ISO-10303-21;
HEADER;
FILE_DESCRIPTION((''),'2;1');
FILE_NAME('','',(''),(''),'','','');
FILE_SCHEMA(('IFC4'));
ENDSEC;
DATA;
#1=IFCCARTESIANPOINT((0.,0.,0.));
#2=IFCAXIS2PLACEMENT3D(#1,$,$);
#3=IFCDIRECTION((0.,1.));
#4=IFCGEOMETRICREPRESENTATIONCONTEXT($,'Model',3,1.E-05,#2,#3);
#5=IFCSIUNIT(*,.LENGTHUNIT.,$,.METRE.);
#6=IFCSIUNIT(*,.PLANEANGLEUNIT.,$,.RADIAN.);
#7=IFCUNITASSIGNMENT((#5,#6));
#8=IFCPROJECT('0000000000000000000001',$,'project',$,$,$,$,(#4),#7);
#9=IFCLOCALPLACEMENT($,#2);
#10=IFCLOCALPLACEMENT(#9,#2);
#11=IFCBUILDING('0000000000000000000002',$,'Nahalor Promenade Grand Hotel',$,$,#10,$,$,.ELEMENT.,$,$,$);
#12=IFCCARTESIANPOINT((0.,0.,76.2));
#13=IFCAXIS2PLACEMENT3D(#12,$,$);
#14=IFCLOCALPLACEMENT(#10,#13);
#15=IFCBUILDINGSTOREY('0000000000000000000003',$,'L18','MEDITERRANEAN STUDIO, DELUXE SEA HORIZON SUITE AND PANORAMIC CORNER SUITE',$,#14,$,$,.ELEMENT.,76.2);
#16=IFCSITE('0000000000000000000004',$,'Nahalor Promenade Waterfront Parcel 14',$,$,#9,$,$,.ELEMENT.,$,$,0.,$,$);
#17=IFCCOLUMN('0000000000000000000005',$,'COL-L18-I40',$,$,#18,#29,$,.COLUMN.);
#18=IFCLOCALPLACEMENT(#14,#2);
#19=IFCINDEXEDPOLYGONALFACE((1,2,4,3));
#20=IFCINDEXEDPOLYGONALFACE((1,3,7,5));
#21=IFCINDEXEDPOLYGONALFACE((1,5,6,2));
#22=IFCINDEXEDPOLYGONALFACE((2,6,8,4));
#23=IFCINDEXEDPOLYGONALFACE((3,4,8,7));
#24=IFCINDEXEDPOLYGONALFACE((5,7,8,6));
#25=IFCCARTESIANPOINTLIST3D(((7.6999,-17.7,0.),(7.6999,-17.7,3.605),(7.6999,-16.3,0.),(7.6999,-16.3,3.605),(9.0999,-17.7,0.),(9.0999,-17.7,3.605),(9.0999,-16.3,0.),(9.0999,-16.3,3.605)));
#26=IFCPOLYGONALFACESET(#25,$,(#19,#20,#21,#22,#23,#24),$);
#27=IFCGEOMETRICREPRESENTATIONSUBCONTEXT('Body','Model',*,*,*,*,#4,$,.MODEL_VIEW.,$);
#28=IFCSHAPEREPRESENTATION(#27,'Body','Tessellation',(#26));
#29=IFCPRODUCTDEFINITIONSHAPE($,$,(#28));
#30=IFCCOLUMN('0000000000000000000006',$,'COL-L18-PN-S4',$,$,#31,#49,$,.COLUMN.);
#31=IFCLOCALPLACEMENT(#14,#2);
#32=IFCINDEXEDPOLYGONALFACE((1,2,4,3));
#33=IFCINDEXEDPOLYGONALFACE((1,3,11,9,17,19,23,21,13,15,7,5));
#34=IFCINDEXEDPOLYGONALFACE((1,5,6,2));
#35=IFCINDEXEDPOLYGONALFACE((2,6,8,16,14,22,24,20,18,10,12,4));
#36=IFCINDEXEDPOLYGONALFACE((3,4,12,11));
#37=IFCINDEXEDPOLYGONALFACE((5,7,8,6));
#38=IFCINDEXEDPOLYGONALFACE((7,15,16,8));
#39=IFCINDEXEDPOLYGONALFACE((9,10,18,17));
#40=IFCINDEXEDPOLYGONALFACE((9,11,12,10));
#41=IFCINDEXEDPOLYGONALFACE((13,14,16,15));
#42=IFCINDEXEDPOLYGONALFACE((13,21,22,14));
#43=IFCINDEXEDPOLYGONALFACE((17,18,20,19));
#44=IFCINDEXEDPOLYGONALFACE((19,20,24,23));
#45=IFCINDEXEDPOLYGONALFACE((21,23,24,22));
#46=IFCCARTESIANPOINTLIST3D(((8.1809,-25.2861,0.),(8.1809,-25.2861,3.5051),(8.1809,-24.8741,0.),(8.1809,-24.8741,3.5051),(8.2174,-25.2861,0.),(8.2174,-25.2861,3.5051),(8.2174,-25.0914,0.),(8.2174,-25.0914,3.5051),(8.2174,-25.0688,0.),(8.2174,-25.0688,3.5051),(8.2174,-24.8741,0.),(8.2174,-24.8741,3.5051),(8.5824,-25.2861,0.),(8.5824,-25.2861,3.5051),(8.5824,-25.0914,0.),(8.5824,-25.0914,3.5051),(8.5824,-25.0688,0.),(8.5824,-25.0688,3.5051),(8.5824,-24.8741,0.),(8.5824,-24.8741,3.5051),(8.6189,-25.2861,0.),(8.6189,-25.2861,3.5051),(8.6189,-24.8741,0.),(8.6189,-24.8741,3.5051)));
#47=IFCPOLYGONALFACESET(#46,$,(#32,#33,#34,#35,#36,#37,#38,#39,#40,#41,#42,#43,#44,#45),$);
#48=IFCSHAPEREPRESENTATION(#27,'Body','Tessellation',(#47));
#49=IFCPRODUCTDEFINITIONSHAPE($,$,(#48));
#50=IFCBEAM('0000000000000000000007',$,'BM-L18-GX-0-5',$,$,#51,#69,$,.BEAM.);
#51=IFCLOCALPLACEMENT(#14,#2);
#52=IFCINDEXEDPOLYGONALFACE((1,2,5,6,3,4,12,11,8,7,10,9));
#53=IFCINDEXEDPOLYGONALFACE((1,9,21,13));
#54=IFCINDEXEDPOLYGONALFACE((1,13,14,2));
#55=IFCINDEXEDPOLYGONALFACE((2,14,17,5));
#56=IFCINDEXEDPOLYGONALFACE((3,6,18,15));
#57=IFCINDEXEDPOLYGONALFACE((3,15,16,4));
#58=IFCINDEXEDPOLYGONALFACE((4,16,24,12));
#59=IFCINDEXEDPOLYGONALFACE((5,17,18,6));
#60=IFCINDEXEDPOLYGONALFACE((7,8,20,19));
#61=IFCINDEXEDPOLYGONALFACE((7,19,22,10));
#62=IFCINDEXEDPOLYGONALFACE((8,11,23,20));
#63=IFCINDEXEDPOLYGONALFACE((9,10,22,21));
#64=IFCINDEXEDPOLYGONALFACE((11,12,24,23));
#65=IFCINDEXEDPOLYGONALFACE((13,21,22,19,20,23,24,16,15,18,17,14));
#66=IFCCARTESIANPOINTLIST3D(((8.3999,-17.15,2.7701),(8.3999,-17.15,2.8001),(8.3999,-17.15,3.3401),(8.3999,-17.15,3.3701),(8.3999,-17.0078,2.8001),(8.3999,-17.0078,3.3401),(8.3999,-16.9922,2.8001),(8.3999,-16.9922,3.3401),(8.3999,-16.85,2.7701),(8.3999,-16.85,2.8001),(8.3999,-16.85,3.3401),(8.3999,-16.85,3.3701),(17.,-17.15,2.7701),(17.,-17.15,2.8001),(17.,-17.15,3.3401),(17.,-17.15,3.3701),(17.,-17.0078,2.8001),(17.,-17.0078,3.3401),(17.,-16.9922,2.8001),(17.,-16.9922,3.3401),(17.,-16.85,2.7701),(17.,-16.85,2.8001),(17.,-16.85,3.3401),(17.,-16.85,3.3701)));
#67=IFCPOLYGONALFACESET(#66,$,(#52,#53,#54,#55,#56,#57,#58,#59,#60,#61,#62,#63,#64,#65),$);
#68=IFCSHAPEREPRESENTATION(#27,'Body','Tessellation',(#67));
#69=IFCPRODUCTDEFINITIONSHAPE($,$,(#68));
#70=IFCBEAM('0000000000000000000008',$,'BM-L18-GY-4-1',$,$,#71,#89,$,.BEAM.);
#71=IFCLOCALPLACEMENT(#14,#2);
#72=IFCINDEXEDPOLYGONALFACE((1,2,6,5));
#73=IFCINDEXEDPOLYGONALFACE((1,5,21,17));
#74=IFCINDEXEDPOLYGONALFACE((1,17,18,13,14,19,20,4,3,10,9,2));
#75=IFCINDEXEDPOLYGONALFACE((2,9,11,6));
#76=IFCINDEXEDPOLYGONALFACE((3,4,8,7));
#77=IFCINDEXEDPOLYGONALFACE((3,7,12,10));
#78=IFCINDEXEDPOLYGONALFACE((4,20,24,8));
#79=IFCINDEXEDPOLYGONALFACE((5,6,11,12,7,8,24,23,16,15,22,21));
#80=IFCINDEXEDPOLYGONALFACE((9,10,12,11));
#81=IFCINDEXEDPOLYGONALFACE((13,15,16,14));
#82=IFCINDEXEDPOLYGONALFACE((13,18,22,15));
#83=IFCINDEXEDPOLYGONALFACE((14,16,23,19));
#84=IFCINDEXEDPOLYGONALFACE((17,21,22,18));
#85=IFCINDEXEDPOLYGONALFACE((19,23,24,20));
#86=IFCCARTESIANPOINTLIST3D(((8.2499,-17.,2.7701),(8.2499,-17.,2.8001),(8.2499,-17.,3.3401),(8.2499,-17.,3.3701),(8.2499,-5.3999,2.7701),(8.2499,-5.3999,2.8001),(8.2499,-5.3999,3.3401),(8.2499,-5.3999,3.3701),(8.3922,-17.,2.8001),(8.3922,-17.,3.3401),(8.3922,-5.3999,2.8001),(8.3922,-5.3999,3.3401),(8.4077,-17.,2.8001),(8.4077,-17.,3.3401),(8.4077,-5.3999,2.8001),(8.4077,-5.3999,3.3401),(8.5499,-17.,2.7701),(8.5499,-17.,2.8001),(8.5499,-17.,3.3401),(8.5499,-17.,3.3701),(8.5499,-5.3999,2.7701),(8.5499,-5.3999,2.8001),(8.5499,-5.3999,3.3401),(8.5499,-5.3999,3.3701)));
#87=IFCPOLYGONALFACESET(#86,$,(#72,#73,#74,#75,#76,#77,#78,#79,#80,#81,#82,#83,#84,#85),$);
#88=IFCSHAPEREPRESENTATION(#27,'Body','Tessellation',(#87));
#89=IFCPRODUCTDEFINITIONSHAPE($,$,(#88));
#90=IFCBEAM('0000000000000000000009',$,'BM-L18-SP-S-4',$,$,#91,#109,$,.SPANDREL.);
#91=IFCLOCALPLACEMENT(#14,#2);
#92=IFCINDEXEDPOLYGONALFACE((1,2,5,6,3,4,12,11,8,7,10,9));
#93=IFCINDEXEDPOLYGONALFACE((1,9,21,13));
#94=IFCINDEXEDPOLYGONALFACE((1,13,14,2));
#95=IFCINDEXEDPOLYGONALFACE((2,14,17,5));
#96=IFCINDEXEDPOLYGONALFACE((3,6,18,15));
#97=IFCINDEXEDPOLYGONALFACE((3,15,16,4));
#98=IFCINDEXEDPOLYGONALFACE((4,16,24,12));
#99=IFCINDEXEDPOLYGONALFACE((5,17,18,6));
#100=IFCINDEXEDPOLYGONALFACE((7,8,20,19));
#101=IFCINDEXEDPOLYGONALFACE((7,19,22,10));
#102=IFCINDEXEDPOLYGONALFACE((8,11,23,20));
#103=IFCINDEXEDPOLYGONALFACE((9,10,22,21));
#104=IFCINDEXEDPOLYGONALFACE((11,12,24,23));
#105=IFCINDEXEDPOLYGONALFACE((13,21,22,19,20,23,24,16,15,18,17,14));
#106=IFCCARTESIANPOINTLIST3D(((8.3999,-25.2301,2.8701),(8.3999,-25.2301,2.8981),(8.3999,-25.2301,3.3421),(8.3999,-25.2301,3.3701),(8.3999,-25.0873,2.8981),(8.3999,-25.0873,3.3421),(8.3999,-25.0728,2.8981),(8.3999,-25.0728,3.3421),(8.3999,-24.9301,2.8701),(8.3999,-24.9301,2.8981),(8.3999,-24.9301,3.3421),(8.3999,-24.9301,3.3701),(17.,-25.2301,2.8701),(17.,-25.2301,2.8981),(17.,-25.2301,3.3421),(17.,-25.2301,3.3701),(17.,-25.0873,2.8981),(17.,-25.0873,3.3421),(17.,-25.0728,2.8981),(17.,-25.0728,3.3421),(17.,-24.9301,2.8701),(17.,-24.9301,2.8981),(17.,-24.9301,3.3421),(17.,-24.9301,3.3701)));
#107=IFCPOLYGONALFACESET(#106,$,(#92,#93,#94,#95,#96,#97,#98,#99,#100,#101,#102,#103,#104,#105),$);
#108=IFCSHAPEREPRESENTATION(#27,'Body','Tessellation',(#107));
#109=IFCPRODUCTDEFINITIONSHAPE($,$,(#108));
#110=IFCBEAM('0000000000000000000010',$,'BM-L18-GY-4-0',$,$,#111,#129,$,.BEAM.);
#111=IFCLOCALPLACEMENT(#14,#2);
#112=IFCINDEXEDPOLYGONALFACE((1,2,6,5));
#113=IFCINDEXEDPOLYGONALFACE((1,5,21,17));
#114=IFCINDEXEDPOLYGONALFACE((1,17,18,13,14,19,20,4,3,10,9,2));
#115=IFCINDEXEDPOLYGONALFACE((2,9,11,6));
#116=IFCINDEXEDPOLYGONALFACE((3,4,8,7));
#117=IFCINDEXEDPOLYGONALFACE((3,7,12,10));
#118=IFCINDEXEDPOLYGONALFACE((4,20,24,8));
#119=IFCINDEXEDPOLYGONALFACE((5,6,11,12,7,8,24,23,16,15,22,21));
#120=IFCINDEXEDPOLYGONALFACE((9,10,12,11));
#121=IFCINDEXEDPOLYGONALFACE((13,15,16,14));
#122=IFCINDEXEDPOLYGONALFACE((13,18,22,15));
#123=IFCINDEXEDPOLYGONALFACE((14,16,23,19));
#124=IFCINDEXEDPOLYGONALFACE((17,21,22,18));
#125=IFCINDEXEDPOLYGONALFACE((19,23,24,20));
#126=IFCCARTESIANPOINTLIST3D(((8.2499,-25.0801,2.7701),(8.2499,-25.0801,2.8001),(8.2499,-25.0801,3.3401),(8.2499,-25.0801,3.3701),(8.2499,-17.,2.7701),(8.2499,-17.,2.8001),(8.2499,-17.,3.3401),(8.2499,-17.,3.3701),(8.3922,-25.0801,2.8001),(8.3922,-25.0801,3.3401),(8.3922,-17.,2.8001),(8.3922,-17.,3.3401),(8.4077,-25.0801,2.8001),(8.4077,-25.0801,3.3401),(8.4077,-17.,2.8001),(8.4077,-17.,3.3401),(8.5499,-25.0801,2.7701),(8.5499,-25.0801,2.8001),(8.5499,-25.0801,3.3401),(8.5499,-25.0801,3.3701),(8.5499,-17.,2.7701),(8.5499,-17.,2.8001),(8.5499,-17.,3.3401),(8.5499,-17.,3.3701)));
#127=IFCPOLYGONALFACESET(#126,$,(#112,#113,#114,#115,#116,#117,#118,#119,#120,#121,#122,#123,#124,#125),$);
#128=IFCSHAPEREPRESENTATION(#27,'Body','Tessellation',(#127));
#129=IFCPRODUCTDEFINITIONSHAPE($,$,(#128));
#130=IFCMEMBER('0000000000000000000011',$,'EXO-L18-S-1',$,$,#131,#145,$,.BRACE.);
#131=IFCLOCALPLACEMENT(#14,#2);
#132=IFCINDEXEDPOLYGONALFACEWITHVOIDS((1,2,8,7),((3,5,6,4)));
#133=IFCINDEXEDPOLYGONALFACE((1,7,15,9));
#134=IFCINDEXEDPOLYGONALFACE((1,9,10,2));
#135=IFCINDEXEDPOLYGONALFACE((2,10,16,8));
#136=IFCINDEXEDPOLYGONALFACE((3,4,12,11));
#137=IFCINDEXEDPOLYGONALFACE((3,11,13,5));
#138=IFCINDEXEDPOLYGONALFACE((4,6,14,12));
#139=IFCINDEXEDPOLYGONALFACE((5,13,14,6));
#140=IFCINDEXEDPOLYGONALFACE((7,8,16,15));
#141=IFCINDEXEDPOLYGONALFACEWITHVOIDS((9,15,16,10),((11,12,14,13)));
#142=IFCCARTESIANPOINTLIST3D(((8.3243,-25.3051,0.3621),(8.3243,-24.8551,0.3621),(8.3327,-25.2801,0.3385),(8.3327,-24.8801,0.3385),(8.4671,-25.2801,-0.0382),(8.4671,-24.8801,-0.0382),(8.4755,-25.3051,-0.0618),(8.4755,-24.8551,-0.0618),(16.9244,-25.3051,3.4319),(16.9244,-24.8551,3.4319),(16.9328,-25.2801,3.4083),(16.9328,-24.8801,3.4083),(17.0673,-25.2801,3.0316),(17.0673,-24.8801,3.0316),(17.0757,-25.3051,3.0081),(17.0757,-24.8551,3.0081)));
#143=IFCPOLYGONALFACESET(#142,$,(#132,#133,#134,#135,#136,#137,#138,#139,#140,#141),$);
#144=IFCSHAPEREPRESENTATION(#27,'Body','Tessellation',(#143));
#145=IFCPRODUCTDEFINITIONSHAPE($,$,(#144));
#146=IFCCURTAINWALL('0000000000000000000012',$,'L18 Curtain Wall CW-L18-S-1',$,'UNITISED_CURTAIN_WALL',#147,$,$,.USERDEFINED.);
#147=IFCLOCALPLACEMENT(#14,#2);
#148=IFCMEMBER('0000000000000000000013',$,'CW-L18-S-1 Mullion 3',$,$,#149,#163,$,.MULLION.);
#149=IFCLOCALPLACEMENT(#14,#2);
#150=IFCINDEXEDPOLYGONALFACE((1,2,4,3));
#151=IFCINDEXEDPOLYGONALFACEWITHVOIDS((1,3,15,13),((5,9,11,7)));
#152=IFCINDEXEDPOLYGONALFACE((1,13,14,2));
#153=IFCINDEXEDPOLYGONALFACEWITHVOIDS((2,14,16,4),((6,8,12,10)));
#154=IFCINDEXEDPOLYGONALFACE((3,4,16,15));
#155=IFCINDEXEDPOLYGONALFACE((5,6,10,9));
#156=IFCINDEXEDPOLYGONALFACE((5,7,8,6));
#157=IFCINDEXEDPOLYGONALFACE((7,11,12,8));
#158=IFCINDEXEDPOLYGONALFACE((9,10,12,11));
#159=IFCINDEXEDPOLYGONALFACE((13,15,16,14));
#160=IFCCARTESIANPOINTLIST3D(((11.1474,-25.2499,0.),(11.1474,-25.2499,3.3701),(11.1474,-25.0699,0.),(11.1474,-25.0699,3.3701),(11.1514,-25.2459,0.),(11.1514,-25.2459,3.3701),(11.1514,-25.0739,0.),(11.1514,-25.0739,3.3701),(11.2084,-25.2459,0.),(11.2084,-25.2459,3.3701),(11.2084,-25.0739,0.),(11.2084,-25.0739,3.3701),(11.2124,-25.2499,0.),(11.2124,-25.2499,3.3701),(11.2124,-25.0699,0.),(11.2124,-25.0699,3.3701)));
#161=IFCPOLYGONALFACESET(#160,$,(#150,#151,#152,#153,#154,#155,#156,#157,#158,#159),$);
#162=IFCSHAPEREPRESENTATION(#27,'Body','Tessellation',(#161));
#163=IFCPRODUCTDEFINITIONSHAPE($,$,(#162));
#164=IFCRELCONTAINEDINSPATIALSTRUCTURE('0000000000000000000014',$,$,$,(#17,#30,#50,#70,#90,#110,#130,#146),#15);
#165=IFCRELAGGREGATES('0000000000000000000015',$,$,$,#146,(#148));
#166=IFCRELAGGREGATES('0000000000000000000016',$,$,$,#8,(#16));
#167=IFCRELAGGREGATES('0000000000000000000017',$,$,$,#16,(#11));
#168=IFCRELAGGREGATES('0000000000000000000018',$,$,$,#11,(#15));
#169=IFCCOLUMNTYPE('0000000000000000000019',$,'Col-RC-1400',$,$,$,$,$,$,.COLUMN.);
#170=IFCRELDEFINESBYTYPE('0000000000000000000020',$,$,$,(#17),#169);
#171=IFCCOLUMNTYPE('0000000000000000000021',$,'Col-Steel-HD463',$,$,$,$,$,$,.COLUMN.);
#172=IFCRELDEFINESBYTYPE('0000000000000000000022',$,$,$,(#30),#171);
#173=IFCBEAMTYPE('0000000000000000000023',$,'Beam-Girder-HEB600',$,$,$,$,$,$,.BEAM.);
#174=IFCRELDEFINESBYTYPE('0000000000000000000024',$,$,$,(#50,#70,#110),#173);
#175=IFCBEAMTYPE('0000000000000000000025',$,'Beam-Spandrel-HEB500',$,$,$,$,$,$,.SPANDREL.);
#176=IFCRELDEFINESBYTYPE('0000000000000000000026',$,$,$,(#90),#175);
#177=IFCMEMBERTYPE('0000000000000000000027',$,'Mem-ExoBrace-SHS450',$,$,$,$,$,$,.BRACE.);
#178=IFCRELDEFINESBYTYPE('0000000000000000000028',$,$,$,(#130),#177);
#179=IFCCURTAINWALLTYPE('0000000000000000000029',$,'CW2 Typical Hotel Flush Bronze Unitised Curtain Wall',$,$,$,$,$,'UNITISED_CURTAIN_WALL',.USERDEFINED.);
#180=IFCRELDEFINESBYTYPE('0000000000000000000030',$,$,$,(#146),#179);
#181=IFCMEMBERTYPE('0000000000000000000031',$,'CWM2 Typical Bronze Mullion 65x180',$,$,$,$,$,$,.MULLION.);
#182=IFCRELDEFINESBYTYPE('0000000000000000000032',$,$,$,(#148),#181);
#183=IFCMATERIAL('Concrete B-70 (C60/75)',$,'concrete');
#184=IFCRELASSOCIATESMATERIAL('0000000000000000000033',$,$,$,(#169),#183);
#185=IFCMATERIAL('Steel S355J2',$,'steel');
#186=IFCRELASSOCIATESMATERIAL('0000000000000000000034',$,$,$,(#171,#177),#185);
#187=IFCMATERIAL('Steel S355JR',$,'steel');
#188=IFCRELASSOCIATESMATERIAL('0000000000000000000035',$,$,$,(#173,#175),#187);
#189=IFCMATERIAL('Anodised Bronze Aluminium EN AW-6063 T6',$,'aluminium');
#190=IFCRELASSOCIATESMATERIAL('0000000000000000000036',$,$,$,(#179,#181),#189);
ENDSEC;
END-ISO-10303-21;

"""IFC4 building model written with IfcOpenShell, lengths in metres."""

from ifc_helpers import new_model, si_unit, direction, frame, origin, origin_2d, place, context, subcontext, project, spatial, rectangle, hollow_rectangle, i_section, extrude, source, transform, mapped, material, material_profile, profile_set, type_object, element, aggregate, save


model = new_model("IFC4")

# Units and contexts
model_context = context("Model", 3, precision=1e-05, world=origin(), true_north=direction((0.0, 1.0)))
body_context = subcontext(model_context, "Body", "Model", "MODEL_VIEW")
ifc_project = project(units=[si_unit("LENGTHUNIT", "METRE"), si_unit("PLANEANGLEUNIT", "RADIAN")], contexts=[model_context])

# Site, building, storey
site_placement = place(None, origin())
site = spatial("IfcSite", under=ifc_project, at=site_placement, Name="Nahalor Promenade Waterfront Parcel 14", CompositionType="ELEMENT", RefElevation=0.0)
building_placement = place(site_placement, origin())
building = spatial("IfcBuilding", under=site, at=building_placement, Name="Nahalor Promenade Grand Hotel", CompositionType="ELEMENT")
storey_placement = place(building_placement, frame((0.0, 0.0, 76.2)))
storey = spatial("IfcBuildingStorey", under=building, at=storey_placement, Name="L18", Description="MEDITERRANEAN STUDIO, DELUXE SEA HORIZON SUITE AND PANORAMIC CORNER SUITE", CompositionType="ELEMENT", Elevation=76.2)

# Columns
ifc_material_1 = material(Name="Concrete B-70 (C60/75)", Category="concrete")
ifc_material_profile_1 = material_profile(ifc_material_1, rectangle(XDim=1.4, YDim=1.4, at=origin_2d()), Name="RC 1400x1400")
ifc_profile_set_1 = profile_set([ifc_material_profile_1], Name="Concrete B-70 (C60/75)")
column_type_1 = type_object("IfcColumnType", Name="Col-RC-1400", PredefinedType="COLUMN", material=ifc_profile_set_1)
shared_shape_1 = source(origin(), body_context, "Body", "SweptSolid", [
    extrude(rectangle(XDim=1.4, YDim=1.4, at=origin_2d()), origin(), (0.0, 0.0, 1.0), 3.605),
])
column_1_placement = place(storey_placement, frame((8.3999, -17.0, 0.0), z_axis=(0.0, 0.0, 1.0), x_axis=(1.0, 0.0, 0.0)))
element("IfcColumn", 1, at=column_1_placement, inside=storey, type_object=column_type_1, Name="COL-L18-I40", PredefinedType="COLUMN", context=body_context, shape_type="MappedRepresentation", body=[
    mapped(shared_shape_1, transform((0.0, 0.0, 0.0), scale=1.0)),
])
ifc_material_2 = material(Name="Steel S355J2", Category="steel")
ifc_material_profile_2 = material_profile(ifc_material_2, i_section(OverallWidth=0.412, OverallDepth=0.438, WebThickness=0.0226, FlangeThickness=0.0365, at=origin_2d()), Name="HD 400x463")
ifc_profile_set_2 = profile_set([ifc_material_profile_2], Name="Steel S355J2")
column_type_2 = type_object("IfcColumnType", Name="Col-Steel-HD463", PredefinedType="COLUMN", material=ifc_profile_set_2)
shared_shape_2 = source(origin(), body_context, "Body", "SweptSolid", [
    extrude(i_section(OverallWidth=0.412, OverallDepth=0.438, WebThickness=0.0226, FlangeThickness=0.0365, at=origin_2d()), origin(), (0.0, 0.0, 1.0), 3.5051),
])
column_2_placement = place(storey_placement, frame((8.3999, -25.0801, 0.0), z_axis=(0.0, 0.0, 1.0), x_axis=(0.0, 1.0, 0.0)))
element("IfcColumn", 2, at=column_2_placement, inside=storey, type_object=column_type_2, Name="COL-L18-PN-S4", PredefinedType="COLUMN", context=body_context, shape_type="MappedRepresentation", body=[
    mapped(shared_shape_2, transform((0.0, 0.0, 0.0), scale=1.0)),
])

# Beams
ifc_material_3 = material(Name="Steel S355JR", Category="steel")
ifc_material_profile_3 = material_profile(ifc_material_3, i_section(OverallWidth=0.3, OverallDepth=0.6, WebThickness=0.0155, FlangeThickness=0.03, at=origin_2d()), Name="HEB 600")
ifc_profile_set_3 = profile_set([ifc_material_profile_3], Name="Steel S355JR")
beam_type_1 = type_object("IfcBeamType", Name="Beam-Girder-HEB600", PredefinedType="BEAM", material=ifc_profile_set_3)
shared_shape_3 = source(origin(), body_context, "Body", "SweptSolid", [
    extrude(i_section(OverallWidth=0.3, OverallDepth=0.6, WebThickness=0.0155, FlangeThickness=0.03, at=origin_2d()), origin(), (0.0, 0.0, 1.0), 8.6001),
])
beam_1_placement = place(storey_placement, frame((8.3999, -17.0, 3.0701), z_axis=(1.0, 0.0, 0.0), x_axis=(0.0, 1.0, 0.0)))
element("IfcBeam", 3, at=beam_1_placement, inside=storey, type_object=beam_type_1, Name="BM-L18-GX-0-5", PredefinedType="BEAM", context=body_context, shape_type="MappedRepresentation", body=[
    mapped(shared_shape_3, transform((0.0, 0.0, 0.0), scale=1.0)),
])
shared_shape_4 = source(origin(), body_context, "Body", "SweptSolid", [
    extrude(i_section(OverallWidth=0.3, OverallDepth=0.6, WebThickness=0.0155, FlangeThickness=0.03, at=origin_2d()), origin(), (0.0, 0.0, 1.0), 11.6001),
])
beam_2_placement = place(storey_placement, frame((8.3999, -17.0, 3.0701), z_axis=(0.0, 1.0, 0.0), x_axis=(-1.0, 0.0, 0.0)))
element("IfcBeam", 4, at=beam_2_placement, inside=storey, type_object=beam_type_1, Name="BM-L18-GY-4-1", PredefinedType="BEAM", context=body_context, shape_type="MappedRepresentation", body=[
    mapped(shared_shape_4, transform((0.0, 0.0, 0.0), scale=1.0)),
])
ifc_material_profile_4 = material_profile(ifc_material_3, i_section(OverallWidth=0.3, OverallDepth=0.5, WebThickness=0.0145, FlangeThickness=0.028, at=origin_2d()), Name="HEB 500")
ifc_profile_set_4 = profile_set([ifc_material_profile_4], Name="Steel S355JR")
beam_type_2 = type_object("IfcBeamType", Name="Beam-Spandrel-HEB500", PredefinedType="SPANDREL", material=ifc_profile_set_4)
shared_shape_5 = source(origin(), body_context, "Body", "SweptSolid", [
    extrude(i_section(OverallWidth=0.3, OverallDepth=0.5, WebThickness=0.0145, FlangeThickness=0.028, at=origin_2d()), origin(), (0.0, 0.0, 1.0), 8.6001),
])
beam_3_placement = place(storey_placement, frame((8.3999, -25.0801, 3.1201), z_axis=(1.0, 0.0, 0.0), x_axis=(0.0, 1.0, 0.0)))
element("IfcBeam", 5, at=beam_3_placement, inside=storey, type_object=beam_type_2, Name="BM-L18-SP-S-4", PredefinedType="SPANDREL", context=body_context, shape_type="MappedRepresentation", body=[
    mapped(shared_shape_5, transform((0.0, 0.0, 0.0), scale=1.0)),
])
shared_shape_6 = source(origin(), body_context, "Body", "SweptSolid", [
    extrude(i_section(OverallWidth=0.3, OverallDepth=0.6, WebThickness=0.0155, FlangeThickness=0.03, at=origin_2d()), origin(), (0.0, 0.0, 1.0), 8.0801),
])
beam_4_placement = place(storey_placement, frame((8.3999, -25.0801, 3.0701), z_axis=(0.0, 1.0, 0.0), x_axis=(-1.0, 0.0, 0.0)))
element("IfcBeam", 6, at=beam_4_placement, inside=storey, type_object=beam_type_1, Name="BM-L18-GY-4-0", PredefinedType="BEAM", context=body_context, shape_type="MappedRepresentation", body=[
    mapped(shared_shape_6, transform((0.0, 0.0, 0.0), scale=1.0)),
])

# Member
ifc_material_profile_5 = material_profile(ifc_material_2, hollow_rectangle(XDim=0.45, YDim=0.45, WallThickness=0.025, at=origin_2d()), Name="SHS 450x450x25")
ifc_profile_set_5 = profile_set([ifc_material_profile_5], Name="Steel S355J2")
member_type_1 = type_object("IfcMemberType", Name="Mem-ExoBrace-SHS450", PredefinedType="BRACE", material=ifc_profile_set_5)
shared_shape_7 = source(origin(), body_context, "Body", "SweptSolid", [
    extrude(hollow_rectangle(XDim=0.45, YDim=0.45, WallThickness=0.025, at=origin_2d()), origin(), (0.0, 0.0, 1.0), 9.1316),
])
member_1_placement = place(storey_placement, frame((8.3999, -25.0801, 0.1501), z_axis=(0.941799, 0.0, 0.336177), x_axis=(0.0, 1.0, 0.0)))
element("IfcMember", 7, at=member_1_placement, inside=storey, type_object=member_type_1, Name="EXO-L18-S-1", PredefinedType="BRACE", context=body_context, shape_type="MappedRepresentation", body=[
    mapped(shared_shape_7, transform((0.0, 0.0, 0.0), scale=1.0)),
])

# Curtain wall, member
ifc_material_4 = material(Name="Anodised Bronze Aluminium EN AW-6063 T6", Category="aluminium")
curtain_wall_type = type_object("IfcCurtainWallType", Name="CW2 Typical Hotel Flush Bronze Unitised Curtain Wall", ElementType="UNITISED_CURTAIN_WALL", PredefinedType="USERDEFINED", material=ifc_material_4)
curtain_wall_placement = place(storey_placement, origin())
curtain_wall = element("IfcCurtainWall", 8, at=curtain_wall_placement, inside=storey, type_object=curtain_wall_type, Name="L18 Curtain Wall CW-L18-S-1", ObjectType="UNITISED_CURTAIN_WALL", PredefinedType="USERDEFINED")
ifc_material_profile_6 = material_profile(ifc_material_4, hollow_rectangle(XDim=0.065, YDim=0.18, WallThickness=0.004, at=origin_2d()), Name="CWM 65x180x4")
ifc_profile_set_6 = profile_set([ifc_material_profile_6], Name="Anodised Bronze Aluminium EN AW-6063 T6")
member_type_2 = type_object("IfcMemberType", Name="CWM2 Typical Bronze Mullion 65x180", PredefinedType="MULLION", material=ifc_profile_set_6)
shared_shape_8 = source(origin(), body_context, "Body", "SweptSolid", [
    extrude(hollow_rectangle(XDim=0.065, YDim=0.18, WallThickness=0.004, at=origin_2d()), origin(), (0.0, 0.0, 1.0), 3.3701),
])
member_2_placement = place(storey_placement, frame((11.1799, -25.1599, 0.0), z_axis=(0.0, 0.0, 1.0), x_axis=(1.0, 0.0, 0.0)))
member_2 = element("IfcMember", 9, at=member_2_placement, type_object=member_type_2, Name="CW-L18-S-1 Mullion 3", PredefinedType="MULLION", context=body_context, shape_type="MappedRepresentation", body=[
    mapped(shared_shape_8, transform((0.0, 0.0, 0.0), scale=1.0)),
])
aggregate(curtain_wall, [member_2])

save(model, "model.ifc")
